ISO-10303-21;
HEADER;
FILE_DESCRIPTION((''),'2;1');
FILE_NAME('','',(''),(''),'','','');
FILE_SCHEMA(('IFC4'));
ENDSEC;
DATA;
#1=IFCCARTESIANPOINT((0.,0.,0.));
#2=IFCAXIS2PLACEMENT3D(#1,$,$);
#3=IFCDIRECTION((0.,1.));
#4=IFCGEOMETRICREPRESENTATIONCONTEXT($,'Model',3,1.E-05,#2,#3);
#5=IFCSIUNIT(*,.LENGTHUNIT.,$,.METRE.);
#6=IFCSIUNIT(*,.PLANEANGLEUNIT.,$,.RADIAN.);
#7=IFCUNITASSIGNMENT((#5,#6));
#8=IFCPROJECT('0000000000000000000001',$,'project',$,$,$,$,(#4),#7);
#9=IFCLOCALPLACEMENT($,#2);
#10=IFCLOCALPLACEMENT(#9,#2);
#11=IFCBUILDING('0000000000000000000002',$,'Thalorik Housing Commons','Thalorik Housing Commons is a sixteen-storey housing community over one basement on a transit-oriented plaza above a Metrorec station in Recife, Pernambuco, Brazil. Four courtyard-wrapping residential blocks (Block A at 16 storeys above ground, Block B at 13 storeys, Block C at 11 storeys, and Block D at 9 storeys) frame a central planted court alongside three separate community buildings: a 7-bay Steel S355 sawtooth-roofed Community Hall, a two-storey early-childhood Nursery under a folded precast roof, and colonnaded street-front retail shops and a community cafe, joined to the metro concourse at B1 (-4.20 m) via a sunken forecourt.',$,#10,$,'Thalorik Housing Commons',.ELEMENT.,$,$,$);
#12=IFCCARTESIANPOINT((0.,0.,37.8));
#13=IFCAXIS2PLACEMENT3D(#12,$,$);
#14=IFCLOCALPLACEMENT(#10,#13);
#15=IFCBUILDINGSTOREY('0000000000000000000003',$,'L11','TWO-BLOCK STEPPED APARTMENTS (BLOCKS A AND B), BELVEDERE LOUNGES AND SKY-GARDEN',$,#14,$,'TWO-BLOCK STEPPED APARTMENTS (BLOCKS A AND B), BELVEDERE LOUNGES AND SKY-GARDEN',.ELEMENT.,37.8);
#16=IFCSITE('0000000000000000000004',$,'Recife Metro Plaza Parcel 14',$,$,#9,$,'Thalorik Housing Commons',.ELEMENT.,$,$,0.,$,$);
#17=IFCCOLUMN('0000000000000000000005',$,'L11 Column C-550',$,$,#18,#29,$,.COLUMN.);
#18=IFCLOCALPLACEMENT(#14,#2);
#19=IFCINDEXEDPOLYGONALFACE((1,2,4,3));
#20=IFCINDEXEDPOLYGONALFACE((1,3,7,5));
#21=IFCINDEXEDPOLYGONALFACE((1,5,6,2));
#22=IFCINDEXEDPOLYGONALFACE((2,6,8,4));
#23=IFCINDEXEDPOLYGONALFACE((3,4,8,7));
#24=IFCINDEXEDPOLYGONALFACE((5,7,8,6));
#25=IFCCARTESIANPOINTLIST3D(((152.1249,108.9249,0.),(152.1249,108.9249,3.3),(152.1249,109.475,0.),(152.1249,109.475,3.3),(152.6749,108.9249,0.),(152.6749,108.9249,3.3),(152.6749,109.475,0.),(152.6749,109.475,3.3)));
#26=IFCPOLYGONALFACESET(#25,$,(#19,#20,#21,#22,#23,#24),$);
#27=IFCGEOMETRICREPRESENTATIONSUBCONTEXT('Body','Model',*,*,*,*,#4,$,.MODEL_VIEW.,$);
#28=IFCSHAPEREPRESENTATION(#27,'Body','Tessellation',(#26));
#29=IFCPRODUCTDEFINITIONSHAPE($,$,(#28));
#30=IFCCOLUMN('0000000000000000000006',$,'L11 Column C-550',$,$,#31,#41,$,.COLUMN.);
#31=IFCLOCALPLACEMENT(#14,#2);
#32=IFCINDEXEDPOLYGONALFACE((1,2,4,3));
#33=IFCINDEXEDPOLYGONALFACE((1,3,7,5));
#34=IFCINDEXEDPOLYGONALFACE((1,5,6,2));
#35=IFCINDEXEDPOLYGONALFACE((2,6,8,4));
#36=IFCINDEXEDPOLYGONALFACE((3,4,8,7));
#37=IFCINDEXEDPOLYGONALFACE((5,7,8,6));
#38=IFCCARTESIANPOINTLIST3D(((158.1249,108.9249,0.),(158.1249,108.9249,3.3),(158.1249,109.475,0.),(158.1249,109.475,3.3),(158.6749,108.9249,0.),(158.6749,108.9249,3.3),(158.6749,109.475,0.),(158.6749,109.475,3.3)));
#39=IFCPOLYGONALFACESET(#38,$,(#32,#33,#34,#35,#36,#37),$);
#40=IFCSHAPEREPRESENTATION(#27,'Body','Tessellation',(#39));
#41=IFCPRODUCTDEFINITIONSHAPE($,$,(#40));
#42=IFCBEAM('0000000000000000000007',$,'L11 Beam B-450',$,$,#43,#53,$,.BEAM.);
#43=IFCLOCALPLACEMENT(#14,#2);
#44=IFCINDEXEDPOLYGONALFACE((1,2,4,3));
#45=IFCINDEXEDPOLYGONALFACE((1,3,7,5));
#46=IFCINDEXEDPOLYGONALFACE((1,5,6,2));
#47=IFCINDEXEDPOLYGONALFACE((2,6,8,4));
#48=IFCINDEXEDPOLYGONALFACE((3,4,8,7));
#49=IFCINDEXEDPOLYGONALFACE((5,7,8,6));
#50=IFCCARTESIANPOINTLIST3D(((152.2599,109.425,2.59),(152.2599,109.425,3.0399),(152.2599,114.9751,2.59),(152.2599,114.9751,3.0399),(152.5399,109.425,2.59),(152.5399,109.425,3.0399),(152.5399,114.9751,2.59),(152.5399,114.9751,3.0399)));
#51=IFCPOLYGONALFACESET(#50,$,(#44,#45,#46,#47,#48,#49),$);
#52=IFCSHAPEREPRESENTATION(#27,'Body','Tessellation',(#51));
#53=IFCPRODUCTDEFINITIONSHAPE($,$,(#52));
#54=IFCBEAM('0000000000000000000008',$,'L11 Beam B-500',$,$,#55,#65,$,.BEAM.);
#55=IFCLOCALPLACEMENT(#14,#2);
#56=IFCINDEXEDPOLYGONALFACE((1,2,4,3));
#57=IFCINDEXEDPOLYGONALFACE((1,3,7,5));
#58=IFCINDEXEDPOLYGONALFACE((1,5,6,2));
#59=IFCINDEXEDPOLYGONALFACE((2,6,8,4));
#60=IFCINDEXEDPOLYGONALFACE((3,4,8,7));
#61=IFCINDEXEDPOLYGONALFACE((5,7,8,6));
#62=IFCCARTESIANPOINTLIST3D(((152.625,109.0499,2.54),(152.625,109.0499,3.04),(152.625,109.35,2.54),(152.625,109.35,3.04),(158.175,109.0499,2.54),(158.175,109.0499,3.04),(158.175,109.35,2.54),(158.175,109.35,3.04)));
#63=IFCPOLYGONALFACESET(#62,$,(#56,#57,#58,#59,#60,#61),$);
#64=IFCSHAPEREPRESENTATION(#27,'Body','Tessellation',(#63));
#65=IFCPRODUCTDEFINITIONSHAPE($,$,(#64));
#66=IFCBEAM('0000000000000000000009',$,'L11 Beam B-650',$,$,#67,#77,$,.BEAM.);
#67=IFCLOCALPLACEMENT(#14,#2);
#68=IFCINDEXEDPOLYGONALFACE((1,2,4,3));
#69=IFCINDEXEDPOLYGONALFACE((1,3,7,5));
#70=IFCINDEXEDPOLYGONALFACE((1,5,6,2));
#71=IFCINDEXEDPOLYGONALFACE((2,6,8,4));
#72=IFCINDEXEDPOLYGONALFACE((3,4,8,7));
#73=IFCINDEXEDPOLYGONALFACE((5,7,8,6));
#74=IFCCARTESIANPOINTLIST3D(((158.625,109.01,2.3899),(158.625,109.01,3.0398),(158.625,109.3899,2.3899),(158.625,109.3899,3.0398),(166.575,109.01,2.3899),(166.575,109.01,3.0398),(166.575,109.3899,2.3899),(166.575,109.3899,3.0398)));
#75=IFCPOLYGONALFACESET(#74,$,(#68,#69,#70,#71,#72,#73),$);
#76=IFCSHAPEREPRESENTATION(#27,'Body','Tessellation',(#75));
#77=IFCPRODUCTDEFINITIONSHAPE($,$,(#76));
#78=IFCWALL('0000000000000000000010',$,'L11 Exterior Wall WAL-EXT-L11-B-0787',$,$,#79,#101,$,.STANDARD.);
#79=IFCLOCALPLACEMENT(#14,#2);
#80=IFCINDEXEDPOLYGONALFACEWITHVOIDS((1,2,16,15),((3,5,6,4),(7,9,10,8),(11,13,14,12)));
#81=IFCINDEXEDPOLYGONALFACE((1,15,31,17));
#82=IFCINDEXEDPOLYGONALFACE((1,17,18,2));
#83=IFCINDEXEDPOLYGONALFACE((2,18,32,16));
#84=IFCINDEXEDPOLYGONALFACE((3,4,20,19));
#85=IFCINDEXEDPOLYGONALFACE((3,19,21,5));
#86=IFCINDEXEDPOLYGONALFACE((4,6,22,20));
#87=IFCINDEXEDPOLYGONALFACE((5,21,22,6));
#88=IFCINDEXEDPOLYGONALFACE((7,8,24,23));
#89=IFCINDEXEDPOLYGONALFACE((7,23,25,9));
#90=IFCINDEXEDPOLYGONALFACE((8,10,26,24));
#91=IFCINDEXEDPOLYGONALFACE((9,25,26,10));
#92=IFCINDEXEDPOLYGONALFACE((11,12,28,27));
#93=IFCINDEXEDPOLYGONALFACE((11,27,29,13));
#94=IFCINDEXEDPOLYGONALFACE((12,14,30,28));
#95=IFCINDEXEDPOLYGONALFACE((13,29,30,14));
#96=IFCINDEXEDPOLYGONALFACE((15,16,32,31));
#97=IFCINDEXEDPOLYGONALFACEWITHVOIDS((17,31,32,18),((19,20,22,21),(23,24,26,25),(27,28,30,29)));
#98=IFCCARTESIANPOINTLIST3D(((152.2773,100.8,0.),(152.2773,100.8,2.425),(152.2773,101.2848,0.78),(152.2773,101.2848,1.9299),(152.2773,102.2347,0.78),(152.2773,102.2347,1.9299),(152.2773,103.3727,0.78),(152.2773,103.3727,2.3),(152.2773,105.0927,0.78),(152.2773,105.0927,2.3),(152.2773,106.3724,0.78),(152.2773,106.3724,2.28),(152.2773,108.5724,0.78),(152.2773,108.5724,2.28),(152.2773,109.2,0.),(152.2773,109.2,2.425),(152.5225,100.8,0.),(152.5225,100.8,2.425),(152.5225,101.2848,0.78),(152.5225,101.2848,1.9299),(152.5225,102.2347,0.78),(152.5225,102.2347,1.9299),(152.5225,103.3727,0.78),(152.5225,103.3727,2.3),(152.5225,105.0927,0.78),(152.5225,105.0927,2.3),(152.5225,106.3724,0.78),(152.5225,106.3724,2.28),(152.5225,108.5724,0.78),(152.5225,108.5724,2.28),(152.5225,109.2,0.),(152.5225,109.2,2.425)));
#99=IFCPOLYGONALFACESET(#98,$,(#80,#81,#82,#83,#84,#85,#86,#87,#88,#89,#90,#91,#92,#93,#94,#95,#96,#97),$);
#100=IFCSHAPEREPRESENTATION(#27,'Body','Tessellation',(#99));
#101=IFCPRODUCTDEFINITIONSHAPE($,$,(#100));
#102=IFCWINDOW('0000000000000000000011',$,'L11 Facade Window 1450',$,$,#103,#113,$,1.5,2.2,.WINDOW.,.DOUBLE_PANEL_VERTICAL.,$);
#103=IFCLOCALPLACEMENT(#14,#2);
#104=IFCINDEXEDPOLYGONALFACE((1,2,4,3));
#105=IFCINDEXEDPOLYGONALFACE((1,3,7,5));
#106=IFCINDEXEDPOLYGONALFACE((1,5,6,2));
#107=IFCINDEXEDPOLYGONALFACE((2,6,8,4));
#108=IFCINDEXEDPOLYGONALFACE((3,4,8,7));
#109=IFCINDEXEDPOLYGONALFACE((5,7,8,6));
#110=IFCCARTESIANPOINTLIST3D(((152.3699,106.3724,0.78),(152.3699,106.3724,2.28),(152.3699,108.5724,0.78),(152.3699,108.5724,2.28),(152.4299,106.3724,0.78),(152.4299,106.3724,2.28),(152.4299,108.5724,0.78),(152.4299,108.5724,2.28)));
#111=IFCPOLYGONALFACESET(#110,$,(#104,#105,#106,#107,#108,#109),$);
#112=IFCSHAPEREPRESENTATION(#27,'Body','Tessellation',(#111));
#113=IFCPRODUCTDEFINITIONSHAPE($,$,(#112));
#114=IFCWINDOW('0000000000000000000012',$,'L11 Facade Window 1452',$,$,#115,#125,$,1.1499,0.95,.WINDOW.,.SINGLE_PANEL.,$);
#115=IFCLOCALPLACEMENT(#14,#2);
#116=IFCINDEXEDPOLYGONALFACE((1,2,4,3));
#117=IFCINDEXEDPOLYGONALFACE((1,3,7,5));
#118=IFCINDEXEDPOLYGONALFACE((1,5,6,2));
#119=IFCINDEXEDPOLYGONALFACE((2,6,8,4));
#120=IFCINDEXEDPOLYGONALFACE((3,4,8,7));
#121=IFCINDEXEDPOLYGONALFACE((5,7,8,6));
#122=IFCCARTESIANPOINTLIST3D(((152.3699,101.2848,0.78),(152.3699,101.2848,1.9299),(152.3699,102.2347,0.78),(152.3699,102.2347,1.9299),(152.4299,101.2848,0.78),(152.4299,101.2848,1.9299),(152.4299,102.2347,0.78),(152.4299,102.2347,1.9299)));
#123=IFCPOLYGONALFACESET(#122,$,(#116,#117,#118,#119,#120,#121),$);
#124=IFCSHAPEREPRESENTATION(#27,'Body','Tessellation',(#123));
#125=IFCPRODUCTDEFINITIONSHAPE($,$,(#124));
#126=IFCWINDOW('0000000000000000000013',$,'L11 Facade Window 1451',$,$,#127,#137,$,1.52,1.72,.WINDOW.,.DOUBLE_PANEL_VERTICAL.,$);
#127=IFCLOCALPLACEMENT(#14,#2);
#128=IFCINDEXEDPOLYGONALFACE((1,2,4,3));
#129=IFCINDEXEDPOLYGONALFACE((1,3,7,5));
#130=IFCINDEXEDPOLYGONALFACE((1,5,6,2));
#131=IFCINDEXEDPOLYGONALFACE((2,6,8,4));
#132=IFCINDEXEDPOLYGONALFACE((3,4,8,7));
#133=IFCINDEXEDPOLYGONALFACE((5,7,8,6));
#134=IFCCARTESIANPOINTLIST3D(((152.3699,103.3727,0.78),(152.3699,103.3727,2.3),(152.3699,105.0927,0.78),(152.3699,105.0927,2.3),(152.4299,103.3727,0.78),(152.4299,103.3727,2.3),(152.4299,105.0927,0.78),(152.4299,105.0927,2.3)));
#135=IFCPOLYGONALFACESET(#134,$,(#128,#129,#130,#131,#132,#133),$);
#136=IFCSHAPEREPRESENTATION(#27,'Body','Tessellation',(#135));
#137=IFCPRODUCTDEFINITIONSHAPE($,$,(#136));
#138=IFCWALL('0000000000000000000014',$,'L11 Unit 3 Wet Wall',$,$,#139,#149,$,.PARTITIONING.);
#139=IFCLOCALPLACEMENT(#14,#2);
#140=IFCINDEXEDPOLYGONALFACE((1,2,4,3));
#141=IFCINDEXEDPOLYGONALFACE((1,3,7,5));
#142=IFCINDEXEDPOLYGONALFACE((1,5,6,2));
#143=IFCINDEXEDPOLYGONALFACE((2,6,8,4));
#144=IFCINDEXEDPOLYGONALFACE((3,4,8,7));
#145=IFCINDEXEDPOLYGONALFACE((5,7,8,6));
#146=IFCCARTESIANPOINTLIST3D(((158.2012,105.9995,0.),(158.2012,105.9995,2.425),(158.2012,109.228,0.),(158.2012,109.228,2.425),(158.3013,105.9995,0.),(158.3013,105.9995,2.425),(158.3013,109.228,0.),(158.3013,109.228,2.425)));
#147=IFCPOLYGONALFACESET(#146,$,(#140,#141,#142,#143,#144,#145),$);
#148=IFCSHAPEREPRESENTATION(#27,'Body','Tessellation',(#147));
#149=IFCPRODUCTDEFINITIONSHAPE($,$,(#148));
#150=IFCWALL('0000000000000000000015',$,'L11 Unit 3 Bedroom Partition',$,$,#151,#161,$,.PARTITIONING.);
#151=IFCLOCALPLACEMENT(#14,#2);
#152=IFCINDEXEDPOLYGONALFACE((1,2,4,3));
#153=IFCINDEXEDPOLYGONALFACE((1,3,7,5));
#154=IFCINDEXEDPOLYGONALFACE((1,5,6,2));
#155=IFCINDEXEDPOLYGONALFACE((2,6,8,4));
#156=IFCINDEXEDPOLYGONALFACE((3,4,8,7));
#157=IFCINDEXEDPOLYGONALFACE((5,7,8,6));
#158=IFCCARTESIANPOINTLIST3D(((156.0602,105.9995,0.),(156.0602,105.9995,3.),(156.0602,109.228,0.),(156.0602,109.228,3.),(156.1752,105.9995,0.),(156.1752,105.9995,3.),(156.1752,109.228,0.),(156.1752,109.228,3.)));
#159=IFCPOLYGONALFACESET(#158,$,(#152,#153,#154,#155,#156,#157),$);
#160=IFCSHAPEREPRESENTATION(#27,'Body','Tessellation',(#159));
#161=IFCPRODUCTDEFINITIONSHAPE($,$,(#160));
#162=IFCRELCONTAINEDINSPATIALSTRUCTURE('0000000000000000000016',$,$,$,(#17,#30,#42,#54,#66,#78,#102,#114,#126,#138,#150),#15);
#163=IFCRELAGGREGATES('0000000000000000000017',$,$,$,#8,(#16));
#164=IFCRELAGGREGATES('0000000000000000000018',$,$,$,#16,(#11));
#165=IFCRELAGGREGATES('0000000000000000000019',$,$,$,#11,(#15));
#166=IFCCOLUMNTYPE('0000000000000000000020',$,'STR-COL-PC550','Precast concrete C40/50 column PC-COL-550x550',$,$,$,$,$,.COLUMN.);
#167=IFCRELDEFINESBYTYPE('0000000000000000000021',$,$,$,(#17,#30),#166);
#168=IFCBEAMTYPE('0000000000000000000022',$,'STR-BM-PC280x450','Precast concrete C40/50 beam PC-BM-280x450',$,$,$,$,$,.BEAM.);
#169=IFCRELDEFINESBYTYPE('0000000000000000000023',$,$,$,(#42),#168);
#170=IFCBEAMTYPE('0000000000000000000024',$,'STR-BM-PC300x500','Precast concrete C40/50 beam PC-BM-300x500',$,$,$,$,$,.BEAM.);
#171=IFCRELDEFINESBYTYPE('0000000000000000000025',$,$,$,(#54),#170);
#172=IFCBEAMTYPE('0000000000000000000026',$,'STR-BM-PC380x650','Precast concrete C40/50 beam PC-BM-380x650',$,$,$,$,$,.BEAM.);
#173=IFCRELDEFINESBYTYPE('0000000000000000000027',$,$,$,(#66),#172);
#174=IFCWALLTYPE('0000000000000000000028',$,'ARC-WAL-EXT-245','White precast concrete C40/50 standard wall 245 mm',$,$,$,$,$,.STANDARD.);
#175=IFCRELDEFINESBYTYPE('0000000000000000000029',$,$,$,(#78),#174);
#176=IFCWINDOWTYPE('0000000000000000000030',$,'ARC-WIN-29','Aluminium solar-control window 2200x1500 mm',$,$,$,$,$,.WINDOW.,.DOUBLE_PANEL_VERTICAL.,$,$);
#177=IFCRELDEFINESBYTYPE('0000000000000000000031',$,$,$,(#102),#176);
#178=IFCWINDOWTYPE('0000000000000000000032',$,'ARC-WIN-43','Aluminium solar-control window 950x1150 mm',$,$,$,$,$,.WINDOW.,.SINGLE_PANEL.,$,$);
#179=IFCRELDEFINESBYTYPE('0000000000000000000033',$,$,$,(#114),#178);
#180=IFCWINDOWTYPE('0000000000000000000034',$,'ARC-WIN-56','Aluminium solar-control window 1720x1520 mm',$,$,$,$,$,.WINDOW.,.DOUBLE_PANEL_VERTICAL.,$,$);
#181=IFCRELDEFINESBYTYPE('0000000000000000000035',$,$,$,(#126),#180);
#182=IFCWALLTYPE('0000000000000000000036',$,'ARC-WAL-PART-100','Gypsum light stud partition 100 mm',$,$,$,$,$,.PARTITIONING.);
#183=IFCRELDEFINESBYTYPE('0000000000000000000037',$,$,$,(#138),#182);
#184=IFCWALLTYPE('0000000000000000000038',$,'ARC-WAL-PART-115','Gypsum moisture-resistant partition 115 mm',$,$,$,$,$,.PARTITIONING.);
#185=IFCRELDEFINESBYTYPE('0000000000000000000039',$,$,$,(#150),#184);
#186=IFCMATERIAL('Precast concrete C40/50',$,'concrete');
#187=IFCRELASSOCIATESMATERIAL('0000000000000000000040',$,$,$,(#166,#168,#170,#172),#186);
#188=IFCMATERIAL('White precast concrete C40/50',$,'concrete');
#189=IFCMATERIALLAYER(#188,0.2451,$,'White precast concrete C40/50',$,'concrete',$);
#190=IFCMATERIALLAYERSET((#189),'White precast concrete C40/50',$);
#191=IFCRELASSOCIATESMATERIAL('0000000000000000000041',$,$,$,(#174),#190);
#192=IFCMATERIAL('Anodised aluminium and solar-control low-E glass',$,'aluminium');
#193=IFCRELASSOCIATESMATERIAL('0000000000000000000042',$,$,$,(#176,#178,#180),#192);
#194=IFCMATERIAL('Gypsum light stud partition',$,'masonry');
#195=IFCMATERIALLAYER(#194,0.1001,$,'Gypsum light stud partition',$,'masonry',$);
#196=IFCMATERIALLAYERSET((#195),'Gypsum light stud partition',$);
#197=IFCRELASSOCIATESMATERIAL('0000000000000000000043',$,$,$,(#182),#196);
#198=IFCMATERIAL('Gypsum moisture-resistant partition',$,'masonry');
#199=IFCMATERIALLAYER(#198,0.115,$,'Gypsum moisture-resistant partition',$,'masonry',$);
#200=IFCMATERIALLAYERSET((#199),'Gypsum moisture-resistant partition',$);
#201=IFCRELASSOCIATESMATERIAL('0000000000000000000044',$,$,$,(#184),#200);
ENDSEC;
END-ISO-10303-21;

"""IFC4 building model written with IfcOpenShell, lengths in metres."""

from ifc_helpers import new_model, si_unit, direction, frame, frame_2d, origin, origin_2d, place, context, subcontext, project, spatial, rectangle, extrude, material, layer, layer_set, material_profile, profile_set, type_object, element, fill, save


model = new_model("IFC4")

# Units and contexts
model_context = context("Model", 3, precision=1e-05, world=origin(), true_north=direction((0.0, 1.0)))
body_context = subcontext(model_context, "Body", "Model", "MODEL_VIEW")
ifc_project = project(units=[si_unit("LENGTHUNIT", "METRE"), si_unit("PLANEANGLEUNIT", "RADIAN")], contexts=[model_context])

# Site, building, storey
site_placement = place(None, origin())
site = spatial("IfcSite", under=ifc_project, at=site_placement, Name="Recife Metro Plaza Parcel 14", LongName="Thalorik Housing Commons", CompositionType="ELEMENT", RefElevation=0.0)
building_placement = place(site_placement, origin())
building = spatial("IfcBuilding", under=site, at=building_placement, Name="Thalorik Housing Commons", Description="Thalorik Housing Commons is a sixteen-storey housing community over one basement on a transit-oriented plaza above a Metrorec station in Recife, Pernambuco, Brazil. Four courtyard-wrapping residential blocks (Block A at 16 storeys above ground, Block B at 13 storeys, Block C at 11 storeys, and Block D at 9 storeys) frame a central planted court alongside three separate community buildings: a 7-bay Steel S355 sawtooth-roofed Community Hall, a two-storey early-childhood Nursery under a folded precast roof, and colonnaded street-front retail shops and a community cafe, joined to the metro concourse at B1 (-4.20 m) via a sunken forecourt.", LongName="Thalorik Housing Commons", CompositionType="ELEMENT")
storey_placement = place(building_placement, frame((0.0, 0.0, 37.8)))
storey = spatial("IfcBuildingStorey", under=building, at=storey_placement, Name="L11", Description="TWO-BLOCK STEPPED APARTMENTS (BLOCKS A AND B), BELVEDERE LOUNGES AND SKY-GARDEN", LongName="TWO-BLOCK STEPPED APARTMENTS (BLOCKS A AND B), BELVEDERE LOUNGES AND SKY-GARDEN", CompositionType="ELEMENT", Elevation=37.8)

# Columns
ifc_material_1 = material(Name="Precast concrete C40/50", Category="concrete")
ifc_material_profile_1 = material_profile(ifc_material_1, rectangle(XDim=0.55, YDim=0.55, at=origin_2d()), Name="PC 550x550", Category="concrete")
ifc_profile_set_1 = profile_set([ifc_material_profile_1], Name="Precast concrete C40/50")
column_type = type_object("IfcColumnType", Name="STR-COL-PC550", Description="Precast concrete C40/50 column PC-COL-550x550", PredefinedType="COLUMN", material=ifc_profile_set_1)
for number, where, z_axis, x_axis, name in (
    (1, (152.3999, 109.2, 0.0), (0.0, 0.0, 1.0), (1.0, 0.0, 0.0), "L11 Column C-550"),
    (2, (158.3999, 109.2, 0.0), (0.0, 0.0, 1.0), (1.0, 0.0, 0.0), "L11 Column C-550"),
):
    element("IfcColumn", number, at=place(storey_placement, frame(where, z_axis=z_axis, x_axis=x_axis)), inside=storey, type_object=column_type, Name=name, PredefinedType="COLUMN", context=body_context, shape_type="SweptSolid", body=[
        extrude(rectangle(XDim=0.55, YDim=0.55, at=origin_2d()), origin(), (0.0, 0.0, 1.0), 3.3),
    ])

# Beams
ifc_material_profile_2 = material_profile(ifc_material_1, rectangle(XDim=0.28, YDim=0.45, at=origin_2d()), Name="PC 280x450", Category="concrete")
ifc_profile_set_2 = profile_set([ifc_material_profile_2], Name="Precast concrete C40/50")
beam_type_1 = type_object("IfcBeamType", Name="STR-BM-PC280x450", Description="Precast concrete C40/50 beam PC-BM-280x450", PredefinedType="BEAM", material=ifc_profile_set_2)
beam_1_placement = place(storey_placement, frame((152.3999, 109.425, 2.8149), z_axis=(0.0, 1.0, 0.0), x_axis=(-1.0, 0.0, 0.0)))
element("IfcBeam", 3, at=beam_1_placement, inside=storey, type_object=beam_type_1, Name="L11 Beam B-450", PredefinedType="BEAM", context=body_context, shape_type="SweptSolid", body=[
    extrude(rectangle(XDim=0.28, YDim=0.45, at=origin_2d()), origin(), (0.0, 0.0, 1.0), 5.55),
])
ifc_material_profile_3 = material_profile(ifc_material_1, rectangle(XDim=0.3, YDim=0.5, at=origin_2d()), Name="PC 300x500", Category="concrete")
ifc_profile_set_3 = profile_set([ifc_material_profile_3], Name="Precast concrete C40/50")
beam_type_2 = type_object("IfcBeamType", Name="STR-BM-PC300x500", Description="Precast concrete C40/50 beam PC-BM-300x500", PredefinedType="BEAM", material=ifc_profile_set_3)
beam_2_placement = place(storey_placement, frame((152.625, 109.2, 2.79), z_axis=(1.0, 0.0, 0.0), x_axis=(0.0, 1.0, 0.0)))
element("IfcBeam", 4, at=beam_2_placement, inside=storey, type_object=beam_type_2, Name="L11 Beam B-500", PredefinedType="BEAM", context=body_context, shape_type="SweptSolid", body=[
    extrude(rectangle(XDim=0.3, YDim=0.5, at=origin_2d()), origin(), (0.0, 0.0, 1.0), 5.55),
])
ifc_material_profile_4 = material_profile(ifc_material_1, rectangle(XDim=0.3799, YDim=0.6499, at=origin_2d()), Name="PC 380x650", Category="concrete")
ifc_profile_set_4 = profile_set([ifc_material_profile_4], Name="Precast concrete C40/50")
beam_type_3 = type_object("IfcBeamType", Name="STR-BM-PC380x650", Description="Precast concrete C40/50 beam PC-BM-380x650", PredefinedType="BEAM", material=ifc_profile_set_4)
beam_3_placement = place(storey_placement, frame((158.625, 109.2, 2.7148), z_axis=(1.0, 0.0, 0.0), x_axis=(0.0, 1.0, 0.0)))
element("IfcBeam", 5, at=beam_3_placement, inside=storey, type_object=beam_type_3, Name="L11 Beam B-650", PredefinedType="BEAM", context=body_context, shape_type="SweptSolid", body=[
    extrude(rectangle(XDim=0.3799, YDim=0.6499, at=origin_2d()), origin(), (0.0, 0.0, 1.0), 7.95),
])

# Wall, openings, windows
ifc_material_2 = material(Name="White precast concrete C40/50", Category="concrete")
ifc_layer_1 = layer(ifc_material_2, 0.2451, Name="White precast concrete C40/50", Category="concrete")
ifc_layer_set_1 = layer_set([ifc_layer_1], Name="White precast concrete C40/50")
wall_type_1 = type_object("IfcWallType", Name="ARC-WAL-EXT-245", Description="White precast concrete C40/50 standard wall 245 mm", PredefinedType="STANDARD", material=ifc_layer_set_1)
wall_1_placement = place(storey_placement, frame((152.3999, 109.2, 0.0), z_axis=(0.0, 0.0, 1.0), x_axis=(0.0, -1.0, 0.0)))
wall_1 = element("IfcWall", 6, at=wall_1_placement, inside=storey, type_object=wall_type_1, Name="L11 Exterior Wall WAL-EXT-L11-B-0787", PredefinedType="STANDARD", context=body_context, shape_type="SweptSolid", body=[
    extrude(rectangle(XDim=8.3999, YDim=0.2451, at=frame_2d((4.2, 0.0))), origin(), (0.0, 0.0, 1.0), 2.425),
])
opening_1_placement = place(wall_1_placement, frame((0.6274, 0.0, 0.78)))
opening_1 = element("IfcOpeningElement", 7, at=opening_1_placement, cuts=wall_1, PredefinedType="OPENING", context=body_context, shape_type="SweptSolid", body=[
    extrude(rectangle(XDim=2.2, YDim=1.5, at=frame_2d((1.1001, 0.75))), frame((0.0, 0.1326, 0.0), z_axis=(0.0, -1.0, 0.0), x_axis=(1.0, 0.0, 0.0)), (0.0, 0.0, 1.0), 0.2651),
])
opening_2_placement = place(wall_1_placement, frame((4.1074, 0.0, 0.78)))
opening_2 = element("IfcOpeningElement", 8, at=opening_2_placement, cuts=wall_1, PredefinedType="OPENING", context=body_context, shape_type="SweptSolid", body=[
    extrude(rectangle(XDim=1.72, YDim=1.52, at=frame_2d((0.8599, 0.76))), frame((0.0, 0.1326, 0.0), z_axis=(0.0, -1.0, 0.0), x_axis=(1.0, 0.0, 0.0)), (0.0, 0.0, 1.0), 0.2651),
])
opening_3_placement = place(wall_1_placement, frame((6.9651, 0.0, 0.78)))
opening_3 = element("IfcOpeningElement", 9, at=opening_3_placement, cuts=wall_1, PredefinedType="OPENING", context=body_context, shape_type="SweptSolid", body=[
    extrude(rectangle(XDim=0.95, YDim=1.1499, at=frame_2d((0.4751, 0.575))), frame((0.0, 0.1326, 0.0), z_axis=(0.0, -1.0, 0.0), x_axis=(1.0, 0.0, 0.0)), (0.0, 0.0, 1.0), 0.2651),
])
ifc_material_3 = material(Name="Anodised aluminium and solar-control low-E glass", Category="aluminium")
window_type_1 = type_object("IfcWindowType", Name="ARC-WIN-29", Description="Aluminium solar-control window 2200x1500 mm", PartitioningType="DOUBLE_PANEL_VERTICAL", PredefinedType="WINDOW", material=ifc_material_3)
window_1_placement = place(opening_1_placement, origin())
window_1 = element("IfcWindow", 10, at=window_1_placement, inside=storey, type_object=window_type_1, Name="L11 Facade Window 1450", OverallHeight=1.5, OverallWidth=2.2, PartitioningType="DOUBLE_PANEL_VERTICAL", PredefinedType="WINDOW", context=body_context, shape_type="SweptSolid", body=[
    extrude(rectangle(XDim=2.2, YDim=1.5, at=frame_2d((1.1001, 0.75))), frame((0.0, 0.03, 0.0), z_axis=(0.0, -1.0, 0.0), x_axis=(1.0, 0.0, 0.0)), (0.0, 0.0, 1.0), 0.0601),
])
fill(opening_1, window_1)
window_type_2 = type_object("IfcWindowType", Name="ARC-WIN-43", Description="Aluminium solar-control window 950x1150 mm", PartitioningType="SINGLE_PANEL", PredefinedType="WINDOW", material=ifc_material_3)
window_2_placement = place(opening_3_placement, origin())
window_2 = element("IfcWindow", 11, at=window_2_placement, inside=storey, type_object=window_type_2, Name="L11 Facade Window 1452", OverallHeight=1.1499, OverallWidth=0.95, PartitioningType="SINGLE_PANEL", PredefinedType="WINDOW", context=body_context, shape_type="SweptSolid", body=[
    extrude(rectangle(XDim=0.95, YDim=1.1499, at=frame_2d((0.4751, 0.575))), frame((0.0, 0.03, 0.0), z_axis=(0.0, -1.0, 0.0), x_axis=(1.0, 0.0, 0.0)), (0.0, 0.0, 1.0), 0.0601),
])
fill(opening_3, window_2)
window_type_3 = type_object("IfcWindowType", Name="ARC-WIN-56", Description="Aluminium solar-control window 1720x1520 mm", PartitioningType="DOUBLE_PANEL_VERTICAL", PredefinedType="WINDOW", material=ifc_material_3)
window_3_placement = place(opening_2_placement, origin())
window_3 = element("IfcWindow", 12, at=window_3_placement, inside=storey, type_object=window_type_3, Name="L11 Facade Window 1451", OverallHeight=1.52, OverallWidth=1.72, PartitioningType="DOUBLE_PANEL_VERTICAL", PredefinedType="WINDOW", context=body_context, shape_type="SweptSolid", body=[
    extrude(rectangle(XDim=1.72, YDim=1.52, at=frame_2d((0.8599, 0.76))), frame((0.0, 0.03, 0.0), z_axis=(0.0, -1.0, 0.0), x_axis=(1.0, 0.0, 0.0)), (0.0, 0.0, 1.0), 0.0601),
])
fill(opening_2, window_3)

# Walls
ifc_material_4 = material(Name="Gypsum light stud partition", Category="masonry")
ifc_layer_2 = layer(ifc_material_4, 0.1001, Name="Gypsum light stud partition", Category="masonry")
ifc_layer_set_2 = layer_set([ifc_layer_2], Name="Gypsum light stud partition")
wall_type_2 = type_object("IfcWallType", Name="ARC-WAL-PART-100", Description="Gypsum light stud partition 100 mm", PredefinedType="PARTITIONING", material=ifc_layer_set_2)
wall_2_placement = place(storey_placement, frame((158.2512, 105.9995, 0.0), z_axis=(0.0, 0.0, 1.0), x_axis=(0.0, 1.0, 0.0)))
element("IfcWall", 13, at=wall_2_placement, inside=storey, type_object=wall_type_2, Name="L11 Unit 3 Wet Wall", PredefinedType="PARTITIONING", context=body_context, shape_type="SweptSolid", body=[
    extrude(rectangle(XDim=3.2285, YDim=0.1001, at=frame_2d((1.6143, 0.0))), origin(), (0.0, 0.0, 1.0), 2.425),
])
ifc_material_5 = material(Name="Gypsum moisture-resistant partition", Category="masonry")
ifc_layer_3 = layer(ifc_material_5, 0.115, Name="Gypsum moisture-resistant partition", Category="masonry")
ifc_layer_set_3 = layer_set([ifc_layer_3], Name="Gypsum moisture-resistant partition")
wall_type_3 = type_object("IfcWallType", Name="ARC-WAL-PART-115", Description="Gypsum moisture-resistant partition 115 mm", PredefinedType="PARTITIONING", material=ifc_layer_set_3)
wall_3_placement = place(storey_placement, frame((156.1177, 105.9995, 0.0), z_axis=(0.0, 0.0, 1.0), x_axis=(0.0, 1.0, 0.0)))
element("IfcWall", 14, at=wall_3_placement, inside=storey, type_object=wall_type_3, Name="L11 Unit 3 Bedroom Partition", PredefinedType="PARTITIONING", context=body_context, shape_type="SweptSolid", body=[
    extrude(rectangle(XDim=3.2285, YDim=0.115, at=frame_2d((1.6143, 0.0))), origin(), (0.0, 0.0, 1.0), 3.0),
])

save(model, "model.ifc")
